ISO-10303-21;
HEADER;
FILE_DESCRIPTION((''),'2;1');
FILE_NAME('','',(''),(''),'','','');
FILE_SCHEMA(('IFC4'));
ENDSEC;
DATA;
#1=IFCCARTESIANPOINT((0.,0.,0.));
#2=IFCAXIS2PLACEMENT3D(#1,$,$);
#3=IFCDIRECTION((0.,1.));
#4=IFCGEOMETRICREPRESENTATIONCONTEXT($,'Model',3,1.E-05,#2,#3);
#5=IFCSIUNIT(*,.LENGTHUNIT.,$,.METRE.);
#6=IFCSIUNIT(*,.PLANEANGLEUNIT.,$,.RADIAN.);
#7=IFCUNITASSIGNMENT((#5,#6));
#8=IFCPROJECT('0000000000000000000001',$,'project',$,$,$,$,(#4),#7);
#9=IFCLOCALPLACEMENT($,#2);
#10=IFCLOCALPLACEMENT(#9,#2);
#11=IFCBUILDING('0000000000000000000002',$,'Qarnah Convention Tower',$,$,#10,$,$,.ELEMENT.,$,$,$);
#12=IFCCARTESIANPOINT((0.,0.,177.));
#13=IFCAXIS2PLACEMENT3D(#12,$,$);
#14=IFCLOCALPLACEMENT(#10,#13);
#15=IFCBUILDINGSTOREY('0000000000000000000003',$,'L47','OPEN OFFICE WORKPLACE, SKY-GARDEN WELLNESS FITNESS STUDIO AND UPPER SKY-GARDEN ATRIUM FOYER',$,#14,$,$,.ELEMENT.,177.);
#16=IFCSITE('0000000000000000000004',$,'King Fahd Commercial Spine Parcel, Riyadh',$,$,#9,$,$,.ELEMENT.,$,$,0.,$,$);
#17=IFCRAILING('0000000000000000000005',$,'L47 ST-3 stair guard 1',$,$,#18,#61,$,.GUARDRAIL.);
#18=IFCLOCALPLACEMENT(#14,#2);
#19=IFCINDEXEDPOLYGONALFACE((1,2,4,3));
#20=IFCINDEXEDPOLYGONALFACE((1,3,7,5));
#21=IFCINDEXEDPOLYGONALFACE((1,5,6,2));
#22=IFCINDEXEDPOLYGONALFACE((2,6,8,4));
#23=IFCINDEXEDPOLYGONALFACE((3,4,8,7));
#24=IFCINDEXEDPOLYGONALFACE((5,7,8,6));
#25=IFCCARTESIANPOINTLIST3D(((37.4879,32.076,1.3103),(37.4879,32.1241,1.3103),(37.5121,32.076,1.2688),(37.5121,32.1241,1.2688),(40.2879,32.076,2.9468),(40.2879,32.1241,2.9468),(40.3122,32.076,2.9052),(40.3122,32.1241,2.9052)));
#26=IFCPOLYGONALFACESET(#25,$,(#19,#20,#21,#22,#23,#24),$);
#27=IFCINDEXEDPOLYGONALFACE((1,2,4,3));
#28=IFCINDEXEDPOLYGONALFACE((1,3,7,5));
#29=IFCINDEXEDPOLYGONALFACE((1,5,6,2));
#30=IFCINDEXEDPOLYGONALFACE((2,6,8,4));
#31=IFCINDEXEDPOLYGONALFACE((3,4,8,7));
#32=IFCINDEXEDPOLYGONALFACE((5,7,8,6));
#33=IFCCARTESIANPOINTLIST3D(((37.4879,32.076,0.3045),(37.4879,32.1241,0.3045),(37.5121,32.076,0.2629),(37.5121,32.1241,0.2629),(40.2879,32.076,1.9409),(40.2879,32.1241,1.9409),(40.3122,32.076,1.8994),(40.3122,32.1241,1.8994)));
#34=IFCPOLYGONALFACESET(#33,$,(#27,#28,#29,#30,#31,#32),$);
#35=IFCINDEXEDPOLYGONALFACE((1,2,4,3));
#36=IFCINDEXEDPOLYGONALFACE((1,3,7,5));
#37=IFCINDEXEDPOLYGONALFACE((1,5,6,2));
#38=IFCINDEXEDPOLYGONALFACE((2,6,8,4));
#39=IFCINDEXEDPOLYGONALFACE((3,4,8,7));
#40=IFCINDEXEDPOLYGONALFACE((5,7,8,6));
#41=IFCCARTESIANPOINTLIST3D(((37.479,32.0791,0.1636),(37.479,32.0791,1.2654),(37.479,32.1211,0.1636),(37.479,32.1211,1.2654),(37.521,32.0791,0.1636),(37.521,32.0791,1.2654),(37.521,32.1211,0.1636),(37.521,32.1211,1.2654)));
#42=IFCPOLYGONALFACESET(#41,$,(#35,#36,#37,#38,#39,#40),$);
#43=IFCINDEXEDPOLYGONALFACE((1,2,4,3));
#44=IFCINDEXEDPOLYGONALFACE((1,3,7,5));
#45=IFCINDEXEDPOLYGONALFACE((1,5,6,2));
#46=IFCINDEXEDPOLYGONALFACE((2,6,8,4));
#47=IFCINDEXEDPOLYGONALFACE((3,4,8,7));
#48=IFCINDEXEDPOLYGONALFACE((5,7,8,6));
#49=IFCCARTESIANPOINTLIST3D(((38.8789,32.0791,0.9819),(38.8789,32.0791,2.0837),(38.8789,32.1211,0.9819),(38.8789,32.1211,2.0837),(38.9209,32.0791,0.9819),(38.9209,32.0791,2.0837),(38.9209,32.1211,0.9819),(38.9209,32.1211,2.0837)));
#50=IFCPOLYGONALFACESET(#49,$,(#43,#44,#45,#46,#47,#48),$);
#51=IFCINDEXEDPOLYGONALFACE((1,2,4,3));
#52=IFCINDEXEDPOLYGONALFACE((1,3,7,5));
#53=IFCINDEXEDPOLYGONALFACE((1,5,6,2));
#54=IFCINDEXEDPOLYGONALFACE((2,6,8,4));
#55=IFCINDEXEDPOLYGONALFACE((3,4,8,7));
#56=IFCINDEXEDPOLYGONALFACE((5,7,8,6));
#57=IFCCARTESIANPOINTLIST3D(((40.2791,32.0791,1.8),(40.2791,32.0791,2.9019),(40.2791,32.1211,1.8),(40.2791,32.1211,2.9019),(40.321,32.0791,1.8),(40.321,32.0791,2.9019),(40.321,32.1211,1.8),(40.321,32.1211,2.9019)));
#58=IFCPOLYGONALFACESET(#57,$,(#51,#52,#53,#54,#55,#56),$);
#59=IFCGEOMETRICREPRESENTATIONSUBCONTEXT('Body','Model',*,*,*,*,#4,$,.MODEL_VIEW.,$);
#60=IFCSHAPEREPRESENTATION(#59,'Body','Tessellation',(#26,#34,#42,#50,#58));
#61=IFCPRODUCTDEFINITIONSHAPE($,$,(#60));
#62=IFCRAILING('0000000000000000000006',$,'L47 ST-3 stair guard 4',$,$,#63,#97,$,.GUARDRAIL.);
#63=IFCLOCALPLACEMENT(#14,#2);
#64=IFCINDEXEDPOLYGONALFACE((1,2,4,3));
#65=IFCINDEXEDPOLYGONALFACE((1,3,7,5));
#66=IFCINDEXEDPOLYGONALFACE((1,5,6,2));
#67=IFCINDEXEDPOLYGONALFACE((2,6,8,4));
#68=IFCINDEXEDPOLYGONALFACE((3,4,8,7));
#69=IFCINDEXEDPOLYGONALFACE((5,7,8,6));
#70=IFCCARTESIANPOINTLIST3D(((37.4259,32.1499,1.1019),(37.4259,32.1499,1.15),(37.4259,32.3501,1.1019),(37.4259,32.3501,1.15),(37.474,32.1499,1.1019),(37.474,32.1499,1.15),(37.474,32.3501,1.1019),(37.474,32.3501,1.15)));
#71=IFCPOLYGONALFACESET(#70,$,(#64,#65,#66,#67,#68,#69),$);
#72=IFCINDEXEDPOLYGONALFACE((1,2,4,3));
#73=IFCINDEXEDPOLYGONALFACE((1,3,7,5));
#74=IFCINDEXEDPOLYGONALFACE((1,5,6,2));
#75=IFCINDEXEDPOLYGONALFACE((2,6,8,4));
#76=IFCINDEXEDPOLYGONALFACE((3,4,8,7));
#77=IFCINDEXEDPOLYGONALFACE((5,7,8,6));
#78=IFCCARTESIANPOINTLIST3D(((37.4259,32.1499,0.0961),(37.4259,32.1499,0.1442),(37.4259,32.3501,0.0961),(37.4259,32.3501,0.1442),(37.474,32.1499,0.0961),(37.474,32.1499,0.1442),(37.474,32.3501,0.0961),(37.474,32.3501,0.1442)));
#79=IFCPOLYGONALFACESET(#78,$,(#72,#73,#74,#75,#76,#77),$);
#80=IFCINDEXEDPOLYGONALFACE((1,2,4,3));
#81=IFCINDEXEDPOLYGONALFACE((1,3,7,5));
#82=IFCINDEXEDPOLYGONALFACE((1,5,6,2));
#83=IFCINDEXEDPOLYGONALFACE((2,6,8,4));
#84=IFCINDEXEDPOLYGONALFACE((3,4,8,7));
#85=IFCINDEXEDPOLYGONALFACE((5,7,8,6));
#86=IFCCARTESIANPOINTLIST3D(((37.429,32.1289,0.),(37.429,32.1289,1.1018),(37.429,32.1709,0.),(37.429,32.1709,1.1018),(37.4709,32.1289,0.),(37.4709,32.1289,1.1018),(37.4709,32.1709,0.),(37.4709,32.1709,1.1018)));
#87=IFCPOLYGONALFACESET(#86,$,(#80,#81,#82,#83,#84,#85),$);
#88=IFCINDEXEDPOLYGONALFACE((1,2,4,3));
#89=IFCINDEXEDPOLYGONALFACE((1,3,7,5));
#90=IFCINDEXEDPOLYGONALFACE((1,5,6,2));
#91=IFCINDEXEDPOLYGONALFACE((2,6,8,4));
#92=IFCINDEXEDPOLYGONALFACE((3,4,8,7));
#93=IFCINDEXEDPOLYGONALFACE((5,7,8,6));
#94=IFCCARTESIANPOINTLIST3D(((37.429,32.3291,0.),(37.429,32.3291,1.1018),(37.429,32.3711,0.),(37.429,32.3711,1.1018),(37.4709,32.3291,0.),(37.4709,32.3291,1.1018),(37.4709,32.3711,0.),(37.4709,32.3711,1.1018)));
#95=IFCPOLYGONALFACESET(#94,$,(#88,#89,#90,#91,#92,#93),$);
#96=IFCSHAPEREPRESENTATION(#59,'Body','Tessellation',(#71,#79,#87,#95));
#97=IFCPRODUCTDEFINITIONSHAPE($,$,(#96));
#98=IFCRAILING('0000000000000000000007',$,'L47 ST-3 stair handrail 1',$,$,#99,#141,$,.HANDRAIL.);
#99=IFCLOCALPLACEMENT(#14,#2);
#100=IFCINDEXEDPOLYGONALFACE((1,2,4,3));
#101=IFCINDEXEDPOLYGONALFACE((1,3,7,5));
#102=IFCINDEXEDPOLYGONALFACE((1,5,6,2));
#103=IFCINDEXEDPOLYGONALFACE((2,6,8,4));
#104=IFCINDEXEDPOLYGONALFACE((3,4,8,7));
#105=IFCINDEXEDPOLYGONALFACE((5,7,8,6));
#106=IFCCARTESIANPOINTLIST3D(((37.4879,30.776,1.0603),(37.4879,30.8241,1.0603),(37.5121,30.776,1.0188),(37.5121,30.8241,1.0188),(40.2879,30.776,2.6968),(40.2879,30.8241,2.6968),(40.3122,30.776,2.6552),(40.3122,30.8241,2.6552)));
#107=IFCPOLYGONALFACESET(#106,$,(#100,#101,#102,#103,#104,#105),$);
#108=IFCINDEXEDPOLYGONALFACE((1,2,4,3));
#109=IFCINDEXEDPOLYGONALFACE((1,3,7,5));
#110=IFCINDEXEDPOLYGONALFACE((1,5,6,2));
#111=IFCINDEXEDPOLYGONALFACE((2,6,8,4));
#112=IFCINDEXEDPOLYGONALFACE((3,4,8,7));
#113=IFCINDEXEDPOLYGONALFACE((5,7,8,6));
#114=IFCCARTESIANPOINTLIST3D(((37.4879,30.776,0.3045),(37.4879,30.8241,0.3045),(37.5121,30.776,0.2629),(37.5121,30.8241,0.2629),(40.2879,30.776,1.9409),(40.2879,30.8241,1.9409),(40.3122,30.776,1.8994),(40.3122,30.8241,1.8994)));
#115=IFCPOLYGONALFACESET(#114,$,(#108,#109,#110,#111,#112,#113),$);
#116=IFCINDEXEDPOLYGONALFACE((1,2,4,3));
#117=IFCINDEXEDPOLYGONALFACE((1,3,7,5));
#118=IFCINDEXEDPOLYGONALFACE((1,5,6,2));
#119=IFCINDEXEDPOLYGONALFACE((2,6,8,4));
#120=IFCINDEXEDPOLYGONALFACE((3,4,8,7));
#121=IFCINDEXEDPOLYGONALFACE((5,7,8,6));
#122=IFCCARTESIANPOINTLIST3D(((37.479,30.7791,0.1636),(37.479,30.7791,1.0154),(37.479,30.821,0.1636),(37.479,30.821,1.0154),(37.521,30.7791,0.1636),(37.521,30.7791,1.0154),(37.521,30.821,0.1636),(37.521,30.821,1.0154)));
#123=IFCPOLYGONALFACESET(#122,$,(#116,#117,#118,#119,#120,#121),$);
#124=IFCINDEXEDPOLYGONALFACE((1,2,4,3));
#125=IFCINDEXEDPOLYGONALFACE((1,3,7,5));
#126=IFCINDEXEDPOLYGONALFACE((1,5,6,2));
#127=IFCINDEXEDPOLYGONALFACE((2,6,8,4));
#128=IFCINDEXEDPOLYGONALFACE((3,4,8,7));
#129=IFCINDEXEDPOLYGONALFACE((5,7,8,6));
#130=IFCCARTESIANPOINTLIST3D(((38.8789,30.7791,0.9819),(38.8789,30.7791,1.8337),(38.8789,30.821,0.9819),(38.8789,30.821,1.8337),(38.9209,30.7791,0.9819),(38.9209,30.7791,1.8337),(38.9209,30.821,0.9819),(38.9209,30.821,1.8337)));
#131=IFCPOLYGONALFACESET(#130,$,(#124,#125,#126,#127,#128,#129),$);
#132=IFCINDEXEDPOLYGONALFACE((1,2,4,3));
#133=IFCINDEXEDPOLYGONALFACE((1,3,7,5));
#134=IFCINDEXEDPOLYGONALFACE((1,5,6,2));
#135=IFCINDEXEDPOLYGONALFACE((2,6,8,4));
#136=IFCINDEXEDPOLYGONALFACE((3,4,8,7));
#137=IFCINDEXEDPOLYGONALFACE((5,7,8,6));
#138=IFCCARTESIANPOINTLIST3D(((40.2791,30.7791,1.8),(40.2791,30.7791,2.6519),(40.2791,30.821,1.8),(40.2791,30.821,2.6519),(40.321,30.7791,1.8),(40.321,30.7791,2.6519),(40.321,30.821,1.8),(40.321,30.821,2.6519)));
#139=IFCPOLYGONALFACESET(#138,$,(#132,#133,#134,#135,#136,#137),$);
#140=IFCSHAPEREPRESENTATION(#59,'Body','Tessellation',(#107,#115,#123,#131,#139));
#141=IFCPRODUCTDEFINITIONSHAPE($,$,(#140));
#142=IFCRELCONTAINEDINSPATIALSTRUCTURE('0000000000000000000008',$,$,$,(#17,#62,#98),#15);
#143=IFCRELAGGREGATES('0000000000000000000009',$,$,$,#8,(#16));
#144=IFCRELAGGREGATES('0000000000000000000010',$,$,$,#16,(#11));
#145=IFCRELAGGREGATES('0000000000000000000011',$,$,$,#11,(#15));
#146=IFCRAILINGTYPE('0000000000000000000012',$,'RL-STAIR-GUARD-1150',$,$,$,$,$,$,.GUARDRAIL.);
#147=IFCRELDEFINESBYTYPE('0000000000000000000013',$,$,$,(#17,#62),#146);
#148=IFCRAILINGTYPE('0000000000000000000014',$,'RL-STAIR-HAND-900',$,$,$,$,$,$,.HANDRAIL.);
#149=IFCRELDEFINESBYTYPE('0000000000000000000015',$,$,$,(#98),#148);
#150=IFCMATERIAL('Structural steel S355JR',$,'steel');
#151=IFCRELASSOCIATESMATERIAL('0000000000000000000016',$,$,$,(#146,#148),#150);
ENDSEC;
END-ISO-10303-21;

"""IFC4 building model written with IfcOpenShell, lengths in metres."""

from ifc_helpers import new_model, si_unit, direction, frame, origin, origin_2d, place, context, subcontext, project, spatial, rectangle, extrude, material, type_object, element, save


model = new_model("IFC4")

# Units and contexts
model_context = context("Model", 3, precision=1e-05, world=origin(), true_north=direction((0.0, 1.0)))
body_context = subcontext(model_context, "Body", "Model", "MODEL_VIEW")
ifc_project = project(units=[si_unit("LENGTHUNIT", "METRE"), si_unit("PLANEANGLEUNIT", "RADIAN")], contexts=[model_context])

# Site, building, storey
site_placement = place(None, origin())
site = spatial("IfcSite", under=ifc_project, at=site_placement, Name="King Fahd Commercial Spine Parcel, Riyadh", CompositionType="ELEMENT", RefElevation=0.0)
building_placement = place(site_placement, origin())
building = spatial("IfcBuilding", under=site, at=building_placement, Name="Qarnah Convention Tower", CompositionType="ELEMENT")
storey_placement = place(building_placement, frame((0.0, 0.0, 177.0)))
storey = spatial("IfcBuildingStorey", under=building, at=storey_placement, Name="L47", Description="OPEN OFFICE WORKPLACE, SKY-GARDEN WELLNESS FITNESS STUDIO AND UPPER SKY-GARDEN ATRIUM FOYER", CompositionType="ELEMENT", Elevation=177.0)

# Shared definitions
ifc_material_1 = material(Name="Structural steel S355JR", Category="steel")

# Railings
railing_type_1 = type_object("IfcRailingType", Name="RL-STAIR-GUARD-1150", PredefinedType="GUARDRAIL", material=ifc_material_1)
railing_1_placement = place(storey_placement, frame((37.5, 32.1001, 0.1636)))
element("IfcRailing", 1, at=railing_1_placement, inside=storey, type_object=railing_type_1, Name="L47 ST-3 stair guard 1", PredefinedType="GUARDRAIL", context=body_context, shape_type="SweptSolid", body=[
    extrude(rectangle(XDim=0.0481, YDim=0.0481, at=origin_2d()), frame((0.0, 0.0, 1.126), z_axis=(0.863361, 0.0, 0.504587), x_axis=(0.0, 1.0, 0.0)), (0.0, 0.0, 1.0), 3.2432),
    extrude(rectangle(XDim=0.0481, YDim=0.0481, at=origin_2d()), frame((0.0, 0.0, 0.1201), z_axis=(0.863361, 0.0, 0.504587), x_axis=(0.0, 1.0, 0.0)), (0.0, 0.0, 1.0), 3.2432),
    extrude(rectangle(XDim=0.042, YDim=0.042, at=origin_2d()), origin(), (0.0, 0.0, 1.0), 1.1018),
    extrude(rectangle(XDim=0.042, YDim=0.042, at=origin_2d()), frame((1.3999, 0.0, 0.8184)), (0.0, 0.0, 1.0), 1.1018),
    extrude(rectangle(XDim=0.042, YDim=0.042, at=origin_2d()), frame((2.8, 0.0, 1.6365)), (0.0, 0.0, 1.0), 1.1018),
])
railing_2_placement = place(storey_placement, frame((37.45, 32.1499, 0.0)))
element("IfcRailing", 2, at=railing_2_placement, inside=storey, type_object=railing_type_1, Name="L47 ST-3 stair guard 4", PredefinedType="GUARDRAIL", context=body_context, shape_type="SweptSolid", body=[
    extrude(rectangle(XDim=0.0481, YDim=0.0481, at=origin_2d()), frame((0.0, 0.0, 1.126), z_axis=(0.0, 1.0, 0.0), x_axis=(-1.0, 0.0, 0.0)), (0.0, 0.0, 1.0), 0.2002),
    extrude(rectangle(XDim=0.0481, YDim=0.0481, at=origin_2d()), frame((0.0, 0.0, 0.1201), z_axis=(0.0, 1.0, 0.0), x_axis=(-1.0, 0.0, 0.0)), (0.0, 0.0, 1.0), 0.2002),
    extrude(rectangle(XDim=0.042, YDim=0.042, at=origin_2d()), origin(), (0.0, 0.0, 1.0), 1.1018),
    extrude(rectangle(XDim=0.042, YDim=0.042, at=origin_2d()), frame((0.0, 0.2002, 0.0)), (0.0, 0.0, 1.0), 1.1018),
])
railing_type_2 = type_object("IfcRailingType", Name="RL-STAIR-HAND-900", PredefinedType="HANDRAIL", material=ifc_material_1)
railing_3_placement = place(storey_placement, frame((37.5, 30.8, 0.1636)))
element("IfcRailing", 3, at=railing_3_placement, inside=storey, type_object=railing_type_2, Name="L47 ST-3 stair handrail 1", PredefinedType="HANDRAIL", context=body_context, shape_type="SweptSolid", body=[
    extrude(rectangle(XDim=0.0481, YDim=0.0481, at=origin_2d()), frame((0.0, 0.0, 0.876), z_axis=(0.863361, 0.0, 0.504587), x_axis=(0.0, 1.0, 0.0)), (0.0, 0.0, 1.0), 3.2432),
    extrude(rectangle(XDim=0.0481, YDim=0.0481, at=origin_2d()), frame((0.0, 0.0, 0.1201), z_axis=(0.863361, 0.0, 0.504587), x_axis=(0.0, 1.0, 0.0)), (0.0, 0.0, 1.0), 3.2432),
    extrude(rectangle(XDim=0.042, YDim=0.042, at=origin_2d()), origin(), (0.0, 0.0, 1.0), 0.8518),
    extrude(rectangle(XDim=0.042, YDim=0.042, at=origin_2d()), frame((1.3999, 0.0, 0.8184)), (0.0, 0.0, 1.0), 0.8518),
    extrude(rectangle(XDim=0.042, YDim=0.042, at=origin_2d()), frame((2.8, 0.0, 1.6365)), (0.0, 0.0, 1.0), 0.8518),
])

save(model, "model.ifc")
